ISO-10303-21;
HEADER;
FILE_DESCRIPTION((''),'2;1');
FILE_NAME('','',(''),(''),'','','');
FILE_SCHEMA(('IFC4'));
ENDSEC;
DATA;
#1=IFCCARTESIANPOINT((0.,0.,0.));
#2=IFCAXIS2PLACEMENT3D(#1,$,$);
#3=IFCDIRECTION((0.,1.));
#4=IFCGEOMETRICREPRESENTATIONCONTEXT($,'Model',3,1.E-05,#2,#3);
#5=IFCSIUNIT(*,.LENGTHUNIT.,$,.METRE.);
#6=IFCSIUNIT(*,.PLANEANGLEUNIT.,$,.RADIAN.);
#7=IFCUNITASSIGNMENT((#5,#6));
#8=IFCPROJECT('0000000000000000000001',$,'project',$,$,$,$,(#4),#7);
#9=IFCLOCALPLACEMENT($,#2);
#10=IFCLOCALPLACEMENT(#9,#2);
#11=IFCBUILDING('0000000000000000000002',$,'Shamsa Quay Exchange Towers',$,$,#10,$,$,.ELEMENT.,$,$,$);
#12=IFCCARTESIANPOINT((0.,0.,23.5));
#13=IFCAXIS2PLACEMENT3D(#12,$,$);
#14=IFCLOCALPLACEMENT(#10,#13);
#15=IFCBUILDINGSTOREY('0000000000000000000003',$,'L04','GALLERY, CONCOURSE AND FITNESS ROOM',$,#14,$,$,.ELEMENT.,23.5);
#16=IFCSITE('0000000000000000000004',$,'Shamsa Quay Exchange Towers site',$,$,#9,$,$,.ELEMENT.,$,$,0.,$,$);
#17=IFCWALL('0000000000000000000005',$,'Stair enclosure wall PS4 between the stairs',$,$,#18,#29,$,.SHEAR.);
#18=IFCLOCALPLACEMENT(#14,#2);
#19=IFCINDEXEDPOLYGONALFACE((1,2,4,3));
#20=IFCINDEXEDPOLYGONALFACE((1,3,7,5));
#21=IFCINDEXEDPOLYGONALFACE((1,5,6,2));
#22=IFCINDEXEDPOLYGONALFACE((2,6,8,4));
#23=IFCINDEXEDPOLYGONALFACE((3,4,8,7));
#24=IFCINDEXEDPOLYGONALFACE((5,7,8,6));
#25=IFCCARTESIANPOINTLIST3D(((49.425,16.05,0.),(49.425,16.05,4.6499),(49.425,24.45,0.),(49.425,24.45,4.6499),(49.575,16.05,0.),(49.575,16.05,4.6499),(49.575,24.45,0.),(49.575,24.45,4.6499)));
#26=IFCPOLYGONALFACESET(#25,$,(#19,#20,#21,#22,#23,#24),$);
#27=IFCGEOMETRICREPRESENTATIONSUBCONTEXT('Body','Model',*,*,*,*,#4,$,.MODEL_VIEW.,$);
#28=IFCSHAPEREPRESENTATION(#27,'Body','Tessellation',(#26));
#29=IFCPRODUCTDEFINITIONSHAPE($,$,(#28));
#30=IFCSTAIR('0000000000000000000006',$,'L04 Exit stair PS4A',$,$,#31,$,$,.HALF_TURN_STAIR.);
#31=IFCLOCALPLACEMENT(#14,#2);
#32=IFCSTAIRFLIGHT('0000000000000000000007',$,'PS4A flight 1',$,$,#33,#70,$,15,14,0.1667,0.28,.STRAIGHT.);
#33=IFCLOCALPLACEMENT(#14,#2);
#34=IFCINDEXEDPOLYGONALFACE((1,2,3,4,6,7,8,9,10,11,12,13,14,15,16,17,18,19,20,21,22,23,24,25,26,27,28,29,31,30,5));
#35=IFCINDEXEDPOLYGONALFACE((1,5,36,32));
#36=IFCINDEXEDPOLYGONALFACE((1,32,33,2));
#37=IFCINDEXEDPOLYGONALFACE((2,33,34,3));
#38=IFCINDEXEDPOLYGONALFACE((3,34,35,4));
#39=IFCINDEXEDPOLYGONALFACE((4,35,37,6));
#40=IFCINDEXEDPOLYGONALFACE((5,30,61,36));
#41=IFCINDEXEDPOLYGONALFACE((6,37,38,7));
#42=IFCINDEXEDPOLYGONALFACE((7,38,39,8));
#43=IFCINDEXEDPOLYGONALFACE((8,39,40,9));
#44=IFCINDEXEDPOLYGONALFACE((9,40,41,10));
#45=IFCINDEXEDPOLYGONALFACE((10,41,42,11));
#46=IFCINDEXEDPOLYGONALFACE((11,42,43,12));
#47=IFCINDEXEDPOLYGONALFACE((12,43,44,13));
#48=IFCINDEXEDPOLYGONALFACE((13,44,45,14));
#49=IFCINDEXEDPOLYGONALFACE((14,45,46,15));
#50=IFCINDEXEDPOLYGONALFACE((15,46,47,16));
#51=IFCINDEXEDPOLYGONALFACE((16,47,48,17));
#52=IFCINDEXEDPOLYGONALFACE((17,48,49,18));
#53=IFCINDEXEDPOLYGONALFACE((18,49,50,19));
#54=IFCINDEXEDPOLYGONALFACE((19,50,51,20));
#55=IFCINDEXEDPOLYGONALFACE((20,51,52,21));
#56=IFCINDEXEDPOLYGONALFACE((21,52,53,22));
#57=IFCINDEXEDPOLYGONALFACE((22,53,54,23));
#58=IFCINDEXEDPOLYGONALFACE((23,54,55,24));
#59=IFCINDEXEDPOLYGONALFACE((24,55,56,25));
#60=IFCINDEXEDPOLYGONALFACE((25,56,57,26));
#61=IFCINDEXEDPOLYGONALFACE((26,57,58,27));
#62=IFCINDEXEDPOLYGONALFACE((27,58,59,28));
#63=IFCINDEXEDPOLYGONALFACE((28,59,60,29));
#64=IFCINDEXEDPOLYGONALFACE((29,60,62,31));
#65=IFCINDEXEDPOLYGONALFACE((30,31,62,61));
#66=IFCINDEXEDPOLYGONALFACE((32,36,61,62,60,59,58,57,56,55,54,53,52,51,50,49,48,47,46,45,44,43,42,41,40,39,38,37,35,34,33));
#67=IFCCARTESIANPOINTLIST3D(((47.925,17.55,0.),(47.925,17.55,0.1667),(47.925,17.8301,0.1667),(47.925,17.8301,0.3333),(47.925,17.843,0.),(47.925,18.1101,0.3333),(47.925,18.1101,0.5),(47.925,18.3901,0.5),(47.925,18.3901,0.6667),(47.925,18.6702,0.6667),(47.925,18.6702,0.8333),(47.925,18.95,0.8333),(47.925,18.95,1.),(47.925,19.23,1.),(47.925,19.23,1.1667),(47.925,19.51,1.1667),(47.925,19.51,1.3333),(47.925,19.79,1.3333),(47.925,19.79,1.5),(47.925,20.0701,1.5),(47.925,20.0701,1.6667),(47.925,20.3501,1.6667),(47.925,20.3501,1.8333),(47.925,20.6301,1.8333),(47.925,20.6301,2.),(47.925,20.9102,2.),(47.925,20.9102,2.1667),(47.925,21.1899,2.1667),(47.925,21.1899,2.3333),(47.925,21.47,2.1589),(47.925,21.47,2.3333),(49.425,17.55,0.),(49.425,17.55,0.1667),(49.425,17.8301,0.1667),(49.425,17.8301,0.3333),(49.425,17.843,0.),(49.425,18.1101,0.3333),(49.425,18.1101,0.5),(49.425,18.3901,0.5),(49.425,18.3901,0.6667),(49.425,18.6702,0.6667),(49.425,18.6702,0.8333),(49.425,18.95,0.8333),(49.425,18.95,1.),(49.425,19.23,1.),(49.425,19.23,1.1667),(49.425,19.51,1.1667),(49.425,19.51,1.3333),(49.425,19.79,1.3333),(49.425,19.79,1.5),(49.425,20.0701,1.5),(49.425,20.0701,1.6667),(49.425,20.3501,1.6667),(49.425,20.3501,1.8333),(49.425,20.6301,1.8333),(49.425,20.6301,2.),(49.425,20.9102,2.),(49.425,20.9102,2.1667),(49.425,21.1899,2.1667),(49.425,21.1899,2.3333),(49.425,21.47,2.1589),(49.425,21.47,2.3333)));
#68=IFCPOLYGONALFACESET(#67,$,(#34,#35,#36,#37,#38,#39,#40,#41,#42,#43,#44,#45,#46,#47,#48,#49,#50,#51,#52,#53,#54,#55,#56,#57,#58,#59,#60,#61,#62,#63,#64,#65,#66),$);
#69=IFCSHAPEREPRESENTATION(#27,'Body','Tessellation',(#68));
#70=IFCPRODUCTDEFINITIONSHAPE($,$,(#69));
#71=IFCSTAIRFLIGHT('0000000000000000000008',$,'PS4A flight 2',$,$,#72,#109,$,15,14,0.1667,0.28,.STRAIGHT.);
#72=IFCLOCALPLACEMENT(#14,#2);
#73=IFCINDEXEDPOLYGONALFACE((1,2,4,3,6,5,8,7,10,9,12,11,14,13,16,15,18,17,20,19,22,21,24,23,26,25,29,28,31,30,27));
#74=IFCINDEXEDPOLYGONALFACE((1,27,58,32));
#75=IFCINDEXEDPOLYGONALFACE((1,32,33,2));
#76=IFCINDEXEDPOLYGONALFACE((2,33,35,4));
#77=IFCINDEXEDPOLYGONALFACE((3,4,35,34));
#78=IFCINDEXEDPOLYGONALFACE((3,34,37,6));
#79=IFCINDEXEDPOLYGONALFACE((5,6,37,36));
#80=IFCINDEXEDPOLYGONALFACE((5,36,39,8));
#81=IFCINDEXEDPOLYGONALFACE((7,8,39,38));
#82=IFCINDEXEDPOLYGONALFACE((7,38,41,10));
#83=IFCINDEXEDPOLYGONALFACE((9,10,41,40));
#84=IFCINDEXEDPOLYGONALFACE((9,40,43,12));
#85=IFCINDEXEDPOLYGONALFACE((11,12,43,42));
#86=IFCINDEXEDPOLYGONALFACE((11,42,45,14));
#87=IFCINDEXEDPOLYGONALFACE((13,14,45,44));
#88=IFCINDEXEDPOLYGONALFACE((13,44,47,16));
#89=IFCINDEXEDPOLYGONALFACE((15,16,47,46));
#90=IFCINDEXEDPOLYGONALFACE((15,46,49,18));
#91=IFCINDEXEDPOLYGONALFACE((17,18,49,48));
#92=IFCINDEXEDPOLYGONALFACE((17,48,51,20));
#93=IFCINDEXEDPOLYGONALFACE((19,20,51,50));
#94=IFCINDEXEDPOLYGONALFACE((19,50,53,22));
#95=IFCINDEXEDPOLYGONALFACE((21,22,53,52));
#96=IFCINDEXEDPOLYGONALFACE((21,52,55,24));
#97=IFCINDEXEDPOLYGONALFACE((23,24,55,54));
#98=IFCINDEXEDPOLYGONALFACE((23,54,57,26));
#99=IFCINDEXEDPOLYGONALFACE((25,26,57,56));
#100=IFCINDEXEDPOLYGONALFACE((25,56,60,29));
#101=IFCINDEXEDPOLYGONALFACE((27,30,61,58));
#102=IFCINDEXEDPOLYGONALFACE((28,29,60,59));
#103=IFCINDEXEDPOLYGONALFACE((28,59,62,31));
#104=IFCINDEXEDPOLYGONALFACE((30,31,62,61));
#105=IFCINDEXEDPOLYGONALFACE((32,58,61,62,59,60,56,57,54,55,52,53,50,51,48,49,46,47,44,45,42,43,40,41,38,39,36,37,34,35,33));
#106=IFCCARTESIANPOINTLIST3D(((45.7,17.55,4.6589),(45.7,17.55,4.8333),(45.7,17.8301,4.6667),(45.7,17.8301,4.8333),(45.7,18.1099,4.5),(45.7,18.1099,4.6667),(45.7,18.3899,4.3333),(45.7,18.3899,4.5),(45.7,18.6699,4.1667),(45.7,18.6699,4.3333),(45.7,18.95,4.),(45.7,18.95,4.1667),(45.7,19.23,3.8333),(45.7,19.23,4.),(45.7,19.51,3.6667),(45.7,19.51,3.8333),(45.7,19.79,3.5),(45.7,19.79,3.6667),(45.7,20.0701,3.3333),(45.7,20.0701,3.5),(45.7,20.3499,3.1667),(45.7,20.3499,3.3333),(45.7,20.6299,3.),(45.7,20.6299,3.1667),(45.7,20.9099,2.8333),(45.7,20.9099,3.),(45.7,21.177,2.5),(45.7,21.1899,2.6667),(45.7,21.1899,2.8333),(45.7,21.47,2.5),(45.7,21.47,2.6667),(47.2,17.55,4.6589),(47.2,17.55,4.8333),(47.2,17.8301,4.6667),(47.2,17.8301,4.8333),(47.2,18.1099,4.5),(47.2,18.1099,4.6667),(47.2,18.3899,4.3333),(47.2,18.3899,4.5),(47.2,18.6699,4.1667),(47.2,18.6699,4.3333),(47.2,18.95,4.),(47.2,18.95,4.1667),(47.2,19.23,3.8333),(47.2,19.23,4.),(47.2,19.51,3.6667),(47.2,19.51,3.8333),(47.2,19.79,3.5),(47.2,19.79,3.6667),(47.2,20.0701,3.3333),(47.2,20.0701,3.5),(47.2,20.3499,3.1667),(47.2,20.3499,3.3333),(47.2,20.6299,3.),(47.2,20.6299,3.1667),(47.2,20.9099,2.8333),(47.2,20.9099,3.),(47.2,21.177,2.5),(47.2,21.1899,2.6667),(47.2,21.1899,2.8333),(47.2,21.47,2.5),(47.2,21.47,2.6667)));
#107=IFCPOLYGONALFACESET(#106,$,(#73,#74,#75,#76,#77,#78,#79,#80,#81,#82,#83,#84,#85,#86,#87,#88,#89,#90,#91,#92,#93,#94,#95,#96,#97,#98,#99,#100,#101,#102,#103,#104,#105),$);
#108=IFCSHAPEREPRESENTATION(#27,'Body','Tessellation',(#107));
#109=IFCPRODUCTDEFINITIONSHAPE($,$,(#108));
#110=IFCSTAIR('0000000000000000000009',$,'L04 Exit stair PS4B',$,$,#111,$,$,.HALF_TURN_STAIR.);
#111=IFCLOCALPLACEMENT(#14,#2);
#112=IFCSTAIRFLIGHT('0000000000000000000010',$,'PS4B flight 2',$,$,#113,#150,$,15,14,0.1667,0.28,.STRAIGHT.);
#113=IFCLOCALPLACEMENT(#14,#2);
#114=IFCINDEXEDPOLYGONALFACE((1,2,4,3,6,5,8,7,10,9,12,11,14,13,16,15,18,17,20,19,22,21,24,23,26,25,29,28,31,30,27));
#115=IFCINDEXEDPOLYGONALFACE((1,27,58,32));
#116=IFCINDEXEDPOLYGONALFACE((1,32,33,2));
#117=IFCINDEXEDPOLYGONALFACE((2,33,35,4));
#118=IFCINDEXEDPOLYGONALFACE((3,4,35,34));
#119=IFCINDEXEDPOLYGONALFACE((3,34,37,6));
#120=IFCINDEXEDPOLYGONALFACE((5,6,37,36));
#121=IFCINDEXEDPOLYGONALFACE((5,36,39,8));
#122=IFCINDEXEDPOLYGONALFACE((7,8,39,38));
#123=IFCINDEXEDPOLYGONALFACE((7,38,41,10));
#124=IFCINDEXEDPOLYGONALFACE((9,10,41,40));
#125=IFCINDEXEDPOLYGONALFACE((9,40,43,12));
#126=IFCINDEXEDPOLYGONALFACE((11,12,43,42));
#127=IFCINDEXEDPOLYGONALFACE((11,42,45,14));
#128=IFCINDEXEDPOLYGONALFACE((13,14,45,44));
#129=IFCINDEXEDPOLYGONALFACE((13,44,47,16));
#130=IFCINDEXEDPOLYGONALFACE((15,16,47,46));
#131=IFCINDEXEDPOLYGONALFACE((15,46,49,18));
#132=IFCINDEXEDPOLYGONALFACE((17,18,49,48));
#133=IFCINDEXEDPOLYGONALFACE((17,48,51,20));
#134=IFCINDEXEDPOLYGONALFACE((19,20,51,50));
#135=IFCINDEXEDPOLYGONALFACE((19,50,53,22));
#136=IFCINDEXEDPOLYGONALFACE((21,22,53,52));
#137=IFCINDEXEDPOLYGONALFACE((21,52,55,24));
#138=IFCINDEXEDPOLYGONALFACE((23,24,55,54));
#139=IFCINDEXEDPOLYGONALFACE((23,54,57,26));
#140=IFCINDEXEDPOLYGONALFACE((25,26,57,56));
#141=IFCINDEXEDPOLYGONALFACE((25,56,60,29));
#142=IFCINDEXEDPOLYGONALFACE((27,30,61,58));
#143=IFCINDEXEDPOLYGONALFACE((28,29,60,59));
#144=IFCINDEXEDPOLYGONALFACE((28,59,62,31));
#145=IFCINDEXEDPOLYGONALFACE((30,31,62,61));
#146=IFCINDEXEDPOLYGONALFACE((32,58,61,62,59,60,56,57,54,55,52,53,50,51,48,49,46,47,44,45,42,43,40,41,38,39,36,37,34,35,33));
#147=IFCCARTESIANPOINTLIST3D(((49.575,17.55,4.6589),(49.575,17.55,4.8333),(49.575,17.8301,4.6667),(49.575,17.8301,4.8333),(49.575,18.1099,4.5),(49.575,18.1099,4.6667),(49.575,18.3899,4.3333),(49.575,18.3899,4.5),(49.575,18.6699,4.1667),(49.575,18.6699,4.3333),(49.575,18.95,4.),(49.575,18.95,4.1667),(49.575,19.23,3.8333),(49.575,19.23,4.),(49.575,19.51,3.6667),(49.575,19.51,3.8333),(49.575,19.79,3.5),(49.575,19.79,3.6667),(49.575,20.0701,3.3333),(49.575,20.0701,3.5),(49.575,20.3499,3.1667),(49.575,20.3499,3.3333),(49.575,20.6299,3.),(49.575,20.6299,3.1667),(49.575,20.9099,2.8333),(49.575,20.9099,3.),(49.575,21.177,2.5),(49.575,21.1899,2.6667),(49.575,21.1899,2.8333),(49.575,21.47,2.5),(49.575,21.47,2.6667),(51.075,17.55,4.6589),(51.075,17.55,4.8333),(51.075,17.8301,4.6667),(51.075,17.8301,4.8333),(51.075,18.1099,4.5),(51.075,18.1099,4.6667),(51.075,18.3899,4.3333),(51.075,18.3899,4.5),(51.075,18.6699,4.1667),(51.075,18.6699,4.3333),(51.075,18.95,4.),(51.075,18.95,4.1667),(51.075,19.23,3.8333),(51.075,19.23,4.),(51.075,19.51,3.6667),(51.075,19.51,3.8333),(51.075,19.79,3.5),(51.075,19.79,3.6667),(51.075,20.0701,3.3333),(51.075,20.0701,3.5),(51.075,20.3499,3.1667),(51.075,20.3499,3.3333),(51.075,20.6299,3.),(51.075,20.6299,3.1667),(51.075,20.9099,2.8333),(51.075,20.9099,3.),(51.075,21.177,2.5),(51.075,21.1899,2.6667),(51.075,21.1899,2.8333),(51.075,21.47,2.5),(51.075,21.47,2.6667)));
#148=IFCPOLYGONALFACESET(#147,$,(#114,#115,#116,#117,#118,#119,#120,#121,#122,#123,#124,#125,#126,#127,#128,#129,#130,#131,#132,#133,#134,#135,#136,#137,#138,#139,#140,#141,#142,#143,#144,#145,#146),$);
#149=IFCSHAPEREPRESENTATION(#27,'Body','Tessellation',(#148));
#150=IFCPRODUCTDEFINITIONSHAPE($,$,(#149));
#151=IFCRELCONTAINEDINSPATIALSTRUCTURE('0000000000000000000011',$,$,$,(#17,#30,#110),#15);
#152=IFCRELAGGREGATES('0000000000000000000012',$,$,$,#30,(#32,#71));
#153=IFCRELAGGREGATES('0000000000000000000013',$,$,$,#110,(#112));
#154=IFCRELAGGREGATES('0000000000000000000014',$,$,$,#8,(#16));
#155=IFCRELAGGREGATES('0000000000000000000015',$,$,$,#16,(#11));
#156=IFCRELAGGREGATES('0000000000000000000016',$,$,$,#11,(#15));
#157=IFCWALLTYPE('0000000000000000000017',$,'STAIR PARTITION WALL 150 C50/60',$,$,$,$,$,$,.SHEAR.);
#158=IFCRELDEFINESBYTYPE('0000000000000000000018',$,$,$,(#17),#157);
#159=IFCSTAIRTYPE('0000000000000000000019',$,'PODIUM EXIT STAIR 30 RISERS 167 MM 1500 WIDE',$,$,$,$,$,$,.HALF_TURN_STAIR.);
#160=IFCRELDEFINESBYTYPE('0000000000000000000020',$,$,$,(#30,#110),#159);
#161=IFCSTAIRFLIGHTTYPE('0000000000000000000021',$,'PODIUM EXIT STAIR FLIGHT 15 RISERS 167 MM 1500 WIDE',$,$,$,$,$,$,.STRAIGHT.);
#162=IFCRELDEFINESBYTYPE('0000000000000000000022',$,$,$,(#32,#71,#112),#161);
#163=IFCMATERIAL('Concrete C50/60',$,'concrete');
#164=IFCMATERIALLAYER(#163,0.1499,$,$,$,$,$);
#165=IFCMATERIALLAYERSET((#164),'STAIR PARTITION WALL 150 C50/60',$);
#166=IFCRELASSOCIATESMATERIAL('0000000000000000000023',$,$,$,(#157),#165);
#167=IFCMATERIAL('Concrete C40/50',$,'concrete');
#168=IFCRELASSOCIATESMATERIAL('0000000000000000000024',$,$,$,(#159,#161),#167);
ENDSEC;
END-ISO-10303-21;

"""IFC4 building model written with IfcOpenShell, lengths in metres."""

from ifc_helpers import new_model, si_unit, direction, frame, frame_2d, origin, place, context, subcontext, project, spatial, polyline, rectangle, outline, extrude, material, layer, layer_set, type_object, element, aggregate, save


model = new_model("IFC4")

# Units and contexts
model_context = context("Model", 3, precision=1e-05, world=origin(), true_north=direction((0.0, 1.0)))
body_context = subcontext(model_context, "Body", "Model", "MODEL_VIEW")
ifc_project = project(units=[si_unit("LENGTHUNIT", "METRE"), si_unit("PLANEANGLEUNIT", "RADIAN")], contexts=[model_context])

# Site, building, storey
site_placement = place(None, origin())
site = spatial("IfcSite", under=ifc_project, at=site_placement, Name="Shamsa Quay Exchange Towers site", CompositionType="ELEMENT", RefElevation=0.0)
building_placement = place(site_placement, origin())
building = spatial("IfcBuilding", under=site, at=building_placement, Name="Shamsa Quay Exchange Towers", CompositionType="ELEMENT")
storey_placement = place(building_placement, frame((0.0, 0.0, 23.5)))
storey = spatial("IfcBuildingStorey", under=building, at=storey_placement, Name="L04", Description="GALLERY, CONCOURSE AND FITNESS ROOM", CompositionType="ELEMENT", Elevation=23.5)

# Shared definitions
ifc_material_1 = material(Name="Concrete C50/60", Category="concrete")

# Wall
ifc_layer_1 = layer(ifc_material_1, 0.1499)
ifc_layer_set_1 = layer_set([ifc_layer_1], Name="STAIR PARTITION WALL 150 C50/60")
wall_type_1 = type_object("IfcWallType", Name="STAIR PARTITION WALL 150 C50/60", PredefinedType="SHEAR", material=ifc_layer_set_1)
wall_1_placement = place(storey_placement, frame((49.5, 16.05, 0.0), z_axis=(0.0, 0.0, 1.0), x_axis=(0.0, 1.0, 0.0)))
element("IfcWall", 1, at=wall_1_placement, inside=storey, type_object=wall_type_1, Name="Stair enclosure wall PS4 between the stairs", PredefinedType="SHEAR", context=body_context, shape_type="SweptSolid", body=[
    extrude(rectangle(XDim=8.3999, YDim=0.1499, at=frame_2d((4.2, 0.0))), origin(), (0.0, 0.0, 1.0), 4.6499),
])

# Stair, stair flights
ifc_material_2 = material(Name="Concrete C40/50", Category="concrete")
stair_type = type_object("IfcStairType", Name="PODIUM EXIT STAIR 30 RISERS 167 MM 1500 WIDE", PredefinedType="HALF_TURN_STAIR", material=ifc_material_2)
stair_1_placement = place(storey_placement, origin())
stair_1 = element("IfcStair", 2, at=stair_1_placement, inside=storey, type_object=stair_type, Name="L04 Exit stair PS4A", PredefinedType="HALF_TURN_STAIR")
stair_flight_type = type_object("IfcStairFlightType", Name="PODIUM EXIT STAIR FLIGHT 15 RISERS 167 MM 1500 WIDE", PredefinedType="STRAIGHT", material=ifc_material_2)
stair_flight_1_placement = place(storey_placement, frame((48.675, 17.55, 0.0), z_axis=(0.0, 0.0, 1.0), x_axis=(0.0, 1.0, 0.0)))
stair_flight_1 = element("IfcStairFlight", 3, at=stair_flight_1_placement, type_object=stair_flight_type, Name="PS4A flight 1", NumberOfRisers=15, NumberOfTreads=14, PredefinedType="STRAIGHT", RiserHeight=0.1667, TreadLength=0.28, context=body_context, shape_type="SweptSolid", body=[
    extrude(outline(polyline([(0.0, 0.0), (0.0, 0.1667), (0.28, 0.1667), (0.28, 0.3333), (0.5601, 0.3333), (0.5601, 0.5), (0.8401, 0.5), (0.8401, 0.6667), (1.1201, 0.6667), (1.1201, 0.8333), (1.3999, 0.8333), (1.3999, 1.0), (1.6799, 1.0), (1.6799, 1.1667), (1.96, 1.1667), (1.96, 1.3333), (2.24, 1.3333), (2.24, 1.5), (2.52, 1.5), (2.52, 1.6667), (2.8, 1.6667), (2.8, 1.8333), (3.0801, 1.8333), (3.0801, 2.0), (3.3601, 2.0), (3.3601, 2.1667), (3.6399, 2.1667), (3.6399, 2.3333), (3.9199, 2.3333), (3.9199, 2.5), (3.9199, 2.1589), (0.293, 0.0), (0.0, 0.0)])), frame((0.0, 0.75, 0.0), z_axis=(0.0, -1.0, 0.0), x_axis=(1.0, 0.0, 0.0)), (0.0, 0.0, 1.0), 1.5),
])
stair_flight_2_placement = place(storey_placement, frame((46.45, 21.47, 2.5), z_axis=(0.0, 0.0, 1.0), x_axis=(0.0, -1.0, 0.0)))
stair_flight_2 = element("IfcStairFlight", 4, at=stair_flight_2_placement, type_object=stair_flight_type, Name="PS4A flight 2", NumberOfRisers=15, NumberOfTreads=14, PredefinedType="STRAIGHT", RiserHeight=0.1667, TreadLength=0.28, context=body_context, shape_type="SweptSolid", body=[
    extrude(outline(polyline([(0.0, 0.0), (0.0, 0.1667), (0.28, 0.1667), (0.28, 0.3333), (0.5601, 0.3333), (0.5601, 0.5), (0.8401, 0.5), (0.8401, 0.6667), (1.1201, 0.6667), (1.1201, 0.8333), (1.3999, 0.8333), (1.3999, 1.0), (1.6799, 1.0), (1.6799, 1.1667), (1.96, 1.1667), (1.96, 1.3333), (2.24, 1.3333), (2.24, 1.5), (2.52, 1.5), (2.52, 1.6667), (2.8, 1.6667), (2.8, 1.8333), (3.0801, 1.8333), (3.0801, 2.0), (3.3601, 2.0), (3.3601, 2.1667), (3.6399, 2.1667), (3.6399, 2.3333), (3.9199, 2.3333), (3.9199, 2.5), (3.9199, 2.1589), (0.293, 0.0), (0.0, 0.0)])), frame((0.0, 0.75, 0.0), z_axis=(0.0, -1.0, 0.0), x_axis=(1.0, 0.0, 0.0)), (0.0, 0.0, 1.0), 1.5),
])
aggregate(stair_1, [stair_flight_1, stair_flight_2])

# Stair, stair flight
stair_2_placement = place(storey_placement, origin())
stair_2 = element("IfcStair", 5, at=stair_2_placement, inside=storey, type_object=stair_type, Name="L04 Exit stair PS4B", PredefinedType="HALF_TURN_STAIR")
stair_flight_3_placement = place(storey_placement, frame((50.325, 21.47, 2.5), z_axis=(0.0, 0.0, 1.0), x_axis=(0.0, -1.0, 0.0)))
stair_flight_3 = element("IfcStairFlight", 6, at=stair_flight_3_placement, type_object=stair_flight_type, Name="PS4B flight 2", NumberOfRisers=15, NumberOfTreads=14, PredefinedType="STRAIGHT", RiserHeight=0.1667, TreadLength=0.28, context=body_context, shape_type="SweptSolid", body=[
    extrude(outline(polyline([(0.0, 0.0), (0.0, 0.1667), (0.28, 0.1667), (0.28, 0.3333), (0.5601, 0.3333), (0.5601, 0.5), (0.8401, 0.5), (0.8401, 0.6667), (1.1201, 0.6667), (1.1201, 0.8333), (1.3999, 0.8333), (1.3999, 1.0), (1.6799, 1.0), (1.6799, 1.1667), (1.96, 1.1667), (1.96, 1.3333), (2.24, 1.3333), (2.24, 1.5), (2.52, 1.5), (2.52, 1.6667), (2.8, 1.6667), (2.8, 1.8333), (3.0801, 1.8333), (3.0801, 2.0), (3.3601, 2.0), (3.3601, 2.1667), (3.6399, 2.1667), (3.6399, 2.3333), (3.9199, 2.3333), (3.9199, 2.5), (3.9199, 2.1589), (0.293, 0.0), (0.0, 0.0)])), frame((0.0, 0.75, 0.0), z_axis=(0.0, -1.0, 0.0), x_axis=(1.0, 0.0, 0.0)), (0.0, 0.0, 1.0), 1.5),
])
aggregate(stair_2, [stair_flight_3])

save(model, "model.ifc")
